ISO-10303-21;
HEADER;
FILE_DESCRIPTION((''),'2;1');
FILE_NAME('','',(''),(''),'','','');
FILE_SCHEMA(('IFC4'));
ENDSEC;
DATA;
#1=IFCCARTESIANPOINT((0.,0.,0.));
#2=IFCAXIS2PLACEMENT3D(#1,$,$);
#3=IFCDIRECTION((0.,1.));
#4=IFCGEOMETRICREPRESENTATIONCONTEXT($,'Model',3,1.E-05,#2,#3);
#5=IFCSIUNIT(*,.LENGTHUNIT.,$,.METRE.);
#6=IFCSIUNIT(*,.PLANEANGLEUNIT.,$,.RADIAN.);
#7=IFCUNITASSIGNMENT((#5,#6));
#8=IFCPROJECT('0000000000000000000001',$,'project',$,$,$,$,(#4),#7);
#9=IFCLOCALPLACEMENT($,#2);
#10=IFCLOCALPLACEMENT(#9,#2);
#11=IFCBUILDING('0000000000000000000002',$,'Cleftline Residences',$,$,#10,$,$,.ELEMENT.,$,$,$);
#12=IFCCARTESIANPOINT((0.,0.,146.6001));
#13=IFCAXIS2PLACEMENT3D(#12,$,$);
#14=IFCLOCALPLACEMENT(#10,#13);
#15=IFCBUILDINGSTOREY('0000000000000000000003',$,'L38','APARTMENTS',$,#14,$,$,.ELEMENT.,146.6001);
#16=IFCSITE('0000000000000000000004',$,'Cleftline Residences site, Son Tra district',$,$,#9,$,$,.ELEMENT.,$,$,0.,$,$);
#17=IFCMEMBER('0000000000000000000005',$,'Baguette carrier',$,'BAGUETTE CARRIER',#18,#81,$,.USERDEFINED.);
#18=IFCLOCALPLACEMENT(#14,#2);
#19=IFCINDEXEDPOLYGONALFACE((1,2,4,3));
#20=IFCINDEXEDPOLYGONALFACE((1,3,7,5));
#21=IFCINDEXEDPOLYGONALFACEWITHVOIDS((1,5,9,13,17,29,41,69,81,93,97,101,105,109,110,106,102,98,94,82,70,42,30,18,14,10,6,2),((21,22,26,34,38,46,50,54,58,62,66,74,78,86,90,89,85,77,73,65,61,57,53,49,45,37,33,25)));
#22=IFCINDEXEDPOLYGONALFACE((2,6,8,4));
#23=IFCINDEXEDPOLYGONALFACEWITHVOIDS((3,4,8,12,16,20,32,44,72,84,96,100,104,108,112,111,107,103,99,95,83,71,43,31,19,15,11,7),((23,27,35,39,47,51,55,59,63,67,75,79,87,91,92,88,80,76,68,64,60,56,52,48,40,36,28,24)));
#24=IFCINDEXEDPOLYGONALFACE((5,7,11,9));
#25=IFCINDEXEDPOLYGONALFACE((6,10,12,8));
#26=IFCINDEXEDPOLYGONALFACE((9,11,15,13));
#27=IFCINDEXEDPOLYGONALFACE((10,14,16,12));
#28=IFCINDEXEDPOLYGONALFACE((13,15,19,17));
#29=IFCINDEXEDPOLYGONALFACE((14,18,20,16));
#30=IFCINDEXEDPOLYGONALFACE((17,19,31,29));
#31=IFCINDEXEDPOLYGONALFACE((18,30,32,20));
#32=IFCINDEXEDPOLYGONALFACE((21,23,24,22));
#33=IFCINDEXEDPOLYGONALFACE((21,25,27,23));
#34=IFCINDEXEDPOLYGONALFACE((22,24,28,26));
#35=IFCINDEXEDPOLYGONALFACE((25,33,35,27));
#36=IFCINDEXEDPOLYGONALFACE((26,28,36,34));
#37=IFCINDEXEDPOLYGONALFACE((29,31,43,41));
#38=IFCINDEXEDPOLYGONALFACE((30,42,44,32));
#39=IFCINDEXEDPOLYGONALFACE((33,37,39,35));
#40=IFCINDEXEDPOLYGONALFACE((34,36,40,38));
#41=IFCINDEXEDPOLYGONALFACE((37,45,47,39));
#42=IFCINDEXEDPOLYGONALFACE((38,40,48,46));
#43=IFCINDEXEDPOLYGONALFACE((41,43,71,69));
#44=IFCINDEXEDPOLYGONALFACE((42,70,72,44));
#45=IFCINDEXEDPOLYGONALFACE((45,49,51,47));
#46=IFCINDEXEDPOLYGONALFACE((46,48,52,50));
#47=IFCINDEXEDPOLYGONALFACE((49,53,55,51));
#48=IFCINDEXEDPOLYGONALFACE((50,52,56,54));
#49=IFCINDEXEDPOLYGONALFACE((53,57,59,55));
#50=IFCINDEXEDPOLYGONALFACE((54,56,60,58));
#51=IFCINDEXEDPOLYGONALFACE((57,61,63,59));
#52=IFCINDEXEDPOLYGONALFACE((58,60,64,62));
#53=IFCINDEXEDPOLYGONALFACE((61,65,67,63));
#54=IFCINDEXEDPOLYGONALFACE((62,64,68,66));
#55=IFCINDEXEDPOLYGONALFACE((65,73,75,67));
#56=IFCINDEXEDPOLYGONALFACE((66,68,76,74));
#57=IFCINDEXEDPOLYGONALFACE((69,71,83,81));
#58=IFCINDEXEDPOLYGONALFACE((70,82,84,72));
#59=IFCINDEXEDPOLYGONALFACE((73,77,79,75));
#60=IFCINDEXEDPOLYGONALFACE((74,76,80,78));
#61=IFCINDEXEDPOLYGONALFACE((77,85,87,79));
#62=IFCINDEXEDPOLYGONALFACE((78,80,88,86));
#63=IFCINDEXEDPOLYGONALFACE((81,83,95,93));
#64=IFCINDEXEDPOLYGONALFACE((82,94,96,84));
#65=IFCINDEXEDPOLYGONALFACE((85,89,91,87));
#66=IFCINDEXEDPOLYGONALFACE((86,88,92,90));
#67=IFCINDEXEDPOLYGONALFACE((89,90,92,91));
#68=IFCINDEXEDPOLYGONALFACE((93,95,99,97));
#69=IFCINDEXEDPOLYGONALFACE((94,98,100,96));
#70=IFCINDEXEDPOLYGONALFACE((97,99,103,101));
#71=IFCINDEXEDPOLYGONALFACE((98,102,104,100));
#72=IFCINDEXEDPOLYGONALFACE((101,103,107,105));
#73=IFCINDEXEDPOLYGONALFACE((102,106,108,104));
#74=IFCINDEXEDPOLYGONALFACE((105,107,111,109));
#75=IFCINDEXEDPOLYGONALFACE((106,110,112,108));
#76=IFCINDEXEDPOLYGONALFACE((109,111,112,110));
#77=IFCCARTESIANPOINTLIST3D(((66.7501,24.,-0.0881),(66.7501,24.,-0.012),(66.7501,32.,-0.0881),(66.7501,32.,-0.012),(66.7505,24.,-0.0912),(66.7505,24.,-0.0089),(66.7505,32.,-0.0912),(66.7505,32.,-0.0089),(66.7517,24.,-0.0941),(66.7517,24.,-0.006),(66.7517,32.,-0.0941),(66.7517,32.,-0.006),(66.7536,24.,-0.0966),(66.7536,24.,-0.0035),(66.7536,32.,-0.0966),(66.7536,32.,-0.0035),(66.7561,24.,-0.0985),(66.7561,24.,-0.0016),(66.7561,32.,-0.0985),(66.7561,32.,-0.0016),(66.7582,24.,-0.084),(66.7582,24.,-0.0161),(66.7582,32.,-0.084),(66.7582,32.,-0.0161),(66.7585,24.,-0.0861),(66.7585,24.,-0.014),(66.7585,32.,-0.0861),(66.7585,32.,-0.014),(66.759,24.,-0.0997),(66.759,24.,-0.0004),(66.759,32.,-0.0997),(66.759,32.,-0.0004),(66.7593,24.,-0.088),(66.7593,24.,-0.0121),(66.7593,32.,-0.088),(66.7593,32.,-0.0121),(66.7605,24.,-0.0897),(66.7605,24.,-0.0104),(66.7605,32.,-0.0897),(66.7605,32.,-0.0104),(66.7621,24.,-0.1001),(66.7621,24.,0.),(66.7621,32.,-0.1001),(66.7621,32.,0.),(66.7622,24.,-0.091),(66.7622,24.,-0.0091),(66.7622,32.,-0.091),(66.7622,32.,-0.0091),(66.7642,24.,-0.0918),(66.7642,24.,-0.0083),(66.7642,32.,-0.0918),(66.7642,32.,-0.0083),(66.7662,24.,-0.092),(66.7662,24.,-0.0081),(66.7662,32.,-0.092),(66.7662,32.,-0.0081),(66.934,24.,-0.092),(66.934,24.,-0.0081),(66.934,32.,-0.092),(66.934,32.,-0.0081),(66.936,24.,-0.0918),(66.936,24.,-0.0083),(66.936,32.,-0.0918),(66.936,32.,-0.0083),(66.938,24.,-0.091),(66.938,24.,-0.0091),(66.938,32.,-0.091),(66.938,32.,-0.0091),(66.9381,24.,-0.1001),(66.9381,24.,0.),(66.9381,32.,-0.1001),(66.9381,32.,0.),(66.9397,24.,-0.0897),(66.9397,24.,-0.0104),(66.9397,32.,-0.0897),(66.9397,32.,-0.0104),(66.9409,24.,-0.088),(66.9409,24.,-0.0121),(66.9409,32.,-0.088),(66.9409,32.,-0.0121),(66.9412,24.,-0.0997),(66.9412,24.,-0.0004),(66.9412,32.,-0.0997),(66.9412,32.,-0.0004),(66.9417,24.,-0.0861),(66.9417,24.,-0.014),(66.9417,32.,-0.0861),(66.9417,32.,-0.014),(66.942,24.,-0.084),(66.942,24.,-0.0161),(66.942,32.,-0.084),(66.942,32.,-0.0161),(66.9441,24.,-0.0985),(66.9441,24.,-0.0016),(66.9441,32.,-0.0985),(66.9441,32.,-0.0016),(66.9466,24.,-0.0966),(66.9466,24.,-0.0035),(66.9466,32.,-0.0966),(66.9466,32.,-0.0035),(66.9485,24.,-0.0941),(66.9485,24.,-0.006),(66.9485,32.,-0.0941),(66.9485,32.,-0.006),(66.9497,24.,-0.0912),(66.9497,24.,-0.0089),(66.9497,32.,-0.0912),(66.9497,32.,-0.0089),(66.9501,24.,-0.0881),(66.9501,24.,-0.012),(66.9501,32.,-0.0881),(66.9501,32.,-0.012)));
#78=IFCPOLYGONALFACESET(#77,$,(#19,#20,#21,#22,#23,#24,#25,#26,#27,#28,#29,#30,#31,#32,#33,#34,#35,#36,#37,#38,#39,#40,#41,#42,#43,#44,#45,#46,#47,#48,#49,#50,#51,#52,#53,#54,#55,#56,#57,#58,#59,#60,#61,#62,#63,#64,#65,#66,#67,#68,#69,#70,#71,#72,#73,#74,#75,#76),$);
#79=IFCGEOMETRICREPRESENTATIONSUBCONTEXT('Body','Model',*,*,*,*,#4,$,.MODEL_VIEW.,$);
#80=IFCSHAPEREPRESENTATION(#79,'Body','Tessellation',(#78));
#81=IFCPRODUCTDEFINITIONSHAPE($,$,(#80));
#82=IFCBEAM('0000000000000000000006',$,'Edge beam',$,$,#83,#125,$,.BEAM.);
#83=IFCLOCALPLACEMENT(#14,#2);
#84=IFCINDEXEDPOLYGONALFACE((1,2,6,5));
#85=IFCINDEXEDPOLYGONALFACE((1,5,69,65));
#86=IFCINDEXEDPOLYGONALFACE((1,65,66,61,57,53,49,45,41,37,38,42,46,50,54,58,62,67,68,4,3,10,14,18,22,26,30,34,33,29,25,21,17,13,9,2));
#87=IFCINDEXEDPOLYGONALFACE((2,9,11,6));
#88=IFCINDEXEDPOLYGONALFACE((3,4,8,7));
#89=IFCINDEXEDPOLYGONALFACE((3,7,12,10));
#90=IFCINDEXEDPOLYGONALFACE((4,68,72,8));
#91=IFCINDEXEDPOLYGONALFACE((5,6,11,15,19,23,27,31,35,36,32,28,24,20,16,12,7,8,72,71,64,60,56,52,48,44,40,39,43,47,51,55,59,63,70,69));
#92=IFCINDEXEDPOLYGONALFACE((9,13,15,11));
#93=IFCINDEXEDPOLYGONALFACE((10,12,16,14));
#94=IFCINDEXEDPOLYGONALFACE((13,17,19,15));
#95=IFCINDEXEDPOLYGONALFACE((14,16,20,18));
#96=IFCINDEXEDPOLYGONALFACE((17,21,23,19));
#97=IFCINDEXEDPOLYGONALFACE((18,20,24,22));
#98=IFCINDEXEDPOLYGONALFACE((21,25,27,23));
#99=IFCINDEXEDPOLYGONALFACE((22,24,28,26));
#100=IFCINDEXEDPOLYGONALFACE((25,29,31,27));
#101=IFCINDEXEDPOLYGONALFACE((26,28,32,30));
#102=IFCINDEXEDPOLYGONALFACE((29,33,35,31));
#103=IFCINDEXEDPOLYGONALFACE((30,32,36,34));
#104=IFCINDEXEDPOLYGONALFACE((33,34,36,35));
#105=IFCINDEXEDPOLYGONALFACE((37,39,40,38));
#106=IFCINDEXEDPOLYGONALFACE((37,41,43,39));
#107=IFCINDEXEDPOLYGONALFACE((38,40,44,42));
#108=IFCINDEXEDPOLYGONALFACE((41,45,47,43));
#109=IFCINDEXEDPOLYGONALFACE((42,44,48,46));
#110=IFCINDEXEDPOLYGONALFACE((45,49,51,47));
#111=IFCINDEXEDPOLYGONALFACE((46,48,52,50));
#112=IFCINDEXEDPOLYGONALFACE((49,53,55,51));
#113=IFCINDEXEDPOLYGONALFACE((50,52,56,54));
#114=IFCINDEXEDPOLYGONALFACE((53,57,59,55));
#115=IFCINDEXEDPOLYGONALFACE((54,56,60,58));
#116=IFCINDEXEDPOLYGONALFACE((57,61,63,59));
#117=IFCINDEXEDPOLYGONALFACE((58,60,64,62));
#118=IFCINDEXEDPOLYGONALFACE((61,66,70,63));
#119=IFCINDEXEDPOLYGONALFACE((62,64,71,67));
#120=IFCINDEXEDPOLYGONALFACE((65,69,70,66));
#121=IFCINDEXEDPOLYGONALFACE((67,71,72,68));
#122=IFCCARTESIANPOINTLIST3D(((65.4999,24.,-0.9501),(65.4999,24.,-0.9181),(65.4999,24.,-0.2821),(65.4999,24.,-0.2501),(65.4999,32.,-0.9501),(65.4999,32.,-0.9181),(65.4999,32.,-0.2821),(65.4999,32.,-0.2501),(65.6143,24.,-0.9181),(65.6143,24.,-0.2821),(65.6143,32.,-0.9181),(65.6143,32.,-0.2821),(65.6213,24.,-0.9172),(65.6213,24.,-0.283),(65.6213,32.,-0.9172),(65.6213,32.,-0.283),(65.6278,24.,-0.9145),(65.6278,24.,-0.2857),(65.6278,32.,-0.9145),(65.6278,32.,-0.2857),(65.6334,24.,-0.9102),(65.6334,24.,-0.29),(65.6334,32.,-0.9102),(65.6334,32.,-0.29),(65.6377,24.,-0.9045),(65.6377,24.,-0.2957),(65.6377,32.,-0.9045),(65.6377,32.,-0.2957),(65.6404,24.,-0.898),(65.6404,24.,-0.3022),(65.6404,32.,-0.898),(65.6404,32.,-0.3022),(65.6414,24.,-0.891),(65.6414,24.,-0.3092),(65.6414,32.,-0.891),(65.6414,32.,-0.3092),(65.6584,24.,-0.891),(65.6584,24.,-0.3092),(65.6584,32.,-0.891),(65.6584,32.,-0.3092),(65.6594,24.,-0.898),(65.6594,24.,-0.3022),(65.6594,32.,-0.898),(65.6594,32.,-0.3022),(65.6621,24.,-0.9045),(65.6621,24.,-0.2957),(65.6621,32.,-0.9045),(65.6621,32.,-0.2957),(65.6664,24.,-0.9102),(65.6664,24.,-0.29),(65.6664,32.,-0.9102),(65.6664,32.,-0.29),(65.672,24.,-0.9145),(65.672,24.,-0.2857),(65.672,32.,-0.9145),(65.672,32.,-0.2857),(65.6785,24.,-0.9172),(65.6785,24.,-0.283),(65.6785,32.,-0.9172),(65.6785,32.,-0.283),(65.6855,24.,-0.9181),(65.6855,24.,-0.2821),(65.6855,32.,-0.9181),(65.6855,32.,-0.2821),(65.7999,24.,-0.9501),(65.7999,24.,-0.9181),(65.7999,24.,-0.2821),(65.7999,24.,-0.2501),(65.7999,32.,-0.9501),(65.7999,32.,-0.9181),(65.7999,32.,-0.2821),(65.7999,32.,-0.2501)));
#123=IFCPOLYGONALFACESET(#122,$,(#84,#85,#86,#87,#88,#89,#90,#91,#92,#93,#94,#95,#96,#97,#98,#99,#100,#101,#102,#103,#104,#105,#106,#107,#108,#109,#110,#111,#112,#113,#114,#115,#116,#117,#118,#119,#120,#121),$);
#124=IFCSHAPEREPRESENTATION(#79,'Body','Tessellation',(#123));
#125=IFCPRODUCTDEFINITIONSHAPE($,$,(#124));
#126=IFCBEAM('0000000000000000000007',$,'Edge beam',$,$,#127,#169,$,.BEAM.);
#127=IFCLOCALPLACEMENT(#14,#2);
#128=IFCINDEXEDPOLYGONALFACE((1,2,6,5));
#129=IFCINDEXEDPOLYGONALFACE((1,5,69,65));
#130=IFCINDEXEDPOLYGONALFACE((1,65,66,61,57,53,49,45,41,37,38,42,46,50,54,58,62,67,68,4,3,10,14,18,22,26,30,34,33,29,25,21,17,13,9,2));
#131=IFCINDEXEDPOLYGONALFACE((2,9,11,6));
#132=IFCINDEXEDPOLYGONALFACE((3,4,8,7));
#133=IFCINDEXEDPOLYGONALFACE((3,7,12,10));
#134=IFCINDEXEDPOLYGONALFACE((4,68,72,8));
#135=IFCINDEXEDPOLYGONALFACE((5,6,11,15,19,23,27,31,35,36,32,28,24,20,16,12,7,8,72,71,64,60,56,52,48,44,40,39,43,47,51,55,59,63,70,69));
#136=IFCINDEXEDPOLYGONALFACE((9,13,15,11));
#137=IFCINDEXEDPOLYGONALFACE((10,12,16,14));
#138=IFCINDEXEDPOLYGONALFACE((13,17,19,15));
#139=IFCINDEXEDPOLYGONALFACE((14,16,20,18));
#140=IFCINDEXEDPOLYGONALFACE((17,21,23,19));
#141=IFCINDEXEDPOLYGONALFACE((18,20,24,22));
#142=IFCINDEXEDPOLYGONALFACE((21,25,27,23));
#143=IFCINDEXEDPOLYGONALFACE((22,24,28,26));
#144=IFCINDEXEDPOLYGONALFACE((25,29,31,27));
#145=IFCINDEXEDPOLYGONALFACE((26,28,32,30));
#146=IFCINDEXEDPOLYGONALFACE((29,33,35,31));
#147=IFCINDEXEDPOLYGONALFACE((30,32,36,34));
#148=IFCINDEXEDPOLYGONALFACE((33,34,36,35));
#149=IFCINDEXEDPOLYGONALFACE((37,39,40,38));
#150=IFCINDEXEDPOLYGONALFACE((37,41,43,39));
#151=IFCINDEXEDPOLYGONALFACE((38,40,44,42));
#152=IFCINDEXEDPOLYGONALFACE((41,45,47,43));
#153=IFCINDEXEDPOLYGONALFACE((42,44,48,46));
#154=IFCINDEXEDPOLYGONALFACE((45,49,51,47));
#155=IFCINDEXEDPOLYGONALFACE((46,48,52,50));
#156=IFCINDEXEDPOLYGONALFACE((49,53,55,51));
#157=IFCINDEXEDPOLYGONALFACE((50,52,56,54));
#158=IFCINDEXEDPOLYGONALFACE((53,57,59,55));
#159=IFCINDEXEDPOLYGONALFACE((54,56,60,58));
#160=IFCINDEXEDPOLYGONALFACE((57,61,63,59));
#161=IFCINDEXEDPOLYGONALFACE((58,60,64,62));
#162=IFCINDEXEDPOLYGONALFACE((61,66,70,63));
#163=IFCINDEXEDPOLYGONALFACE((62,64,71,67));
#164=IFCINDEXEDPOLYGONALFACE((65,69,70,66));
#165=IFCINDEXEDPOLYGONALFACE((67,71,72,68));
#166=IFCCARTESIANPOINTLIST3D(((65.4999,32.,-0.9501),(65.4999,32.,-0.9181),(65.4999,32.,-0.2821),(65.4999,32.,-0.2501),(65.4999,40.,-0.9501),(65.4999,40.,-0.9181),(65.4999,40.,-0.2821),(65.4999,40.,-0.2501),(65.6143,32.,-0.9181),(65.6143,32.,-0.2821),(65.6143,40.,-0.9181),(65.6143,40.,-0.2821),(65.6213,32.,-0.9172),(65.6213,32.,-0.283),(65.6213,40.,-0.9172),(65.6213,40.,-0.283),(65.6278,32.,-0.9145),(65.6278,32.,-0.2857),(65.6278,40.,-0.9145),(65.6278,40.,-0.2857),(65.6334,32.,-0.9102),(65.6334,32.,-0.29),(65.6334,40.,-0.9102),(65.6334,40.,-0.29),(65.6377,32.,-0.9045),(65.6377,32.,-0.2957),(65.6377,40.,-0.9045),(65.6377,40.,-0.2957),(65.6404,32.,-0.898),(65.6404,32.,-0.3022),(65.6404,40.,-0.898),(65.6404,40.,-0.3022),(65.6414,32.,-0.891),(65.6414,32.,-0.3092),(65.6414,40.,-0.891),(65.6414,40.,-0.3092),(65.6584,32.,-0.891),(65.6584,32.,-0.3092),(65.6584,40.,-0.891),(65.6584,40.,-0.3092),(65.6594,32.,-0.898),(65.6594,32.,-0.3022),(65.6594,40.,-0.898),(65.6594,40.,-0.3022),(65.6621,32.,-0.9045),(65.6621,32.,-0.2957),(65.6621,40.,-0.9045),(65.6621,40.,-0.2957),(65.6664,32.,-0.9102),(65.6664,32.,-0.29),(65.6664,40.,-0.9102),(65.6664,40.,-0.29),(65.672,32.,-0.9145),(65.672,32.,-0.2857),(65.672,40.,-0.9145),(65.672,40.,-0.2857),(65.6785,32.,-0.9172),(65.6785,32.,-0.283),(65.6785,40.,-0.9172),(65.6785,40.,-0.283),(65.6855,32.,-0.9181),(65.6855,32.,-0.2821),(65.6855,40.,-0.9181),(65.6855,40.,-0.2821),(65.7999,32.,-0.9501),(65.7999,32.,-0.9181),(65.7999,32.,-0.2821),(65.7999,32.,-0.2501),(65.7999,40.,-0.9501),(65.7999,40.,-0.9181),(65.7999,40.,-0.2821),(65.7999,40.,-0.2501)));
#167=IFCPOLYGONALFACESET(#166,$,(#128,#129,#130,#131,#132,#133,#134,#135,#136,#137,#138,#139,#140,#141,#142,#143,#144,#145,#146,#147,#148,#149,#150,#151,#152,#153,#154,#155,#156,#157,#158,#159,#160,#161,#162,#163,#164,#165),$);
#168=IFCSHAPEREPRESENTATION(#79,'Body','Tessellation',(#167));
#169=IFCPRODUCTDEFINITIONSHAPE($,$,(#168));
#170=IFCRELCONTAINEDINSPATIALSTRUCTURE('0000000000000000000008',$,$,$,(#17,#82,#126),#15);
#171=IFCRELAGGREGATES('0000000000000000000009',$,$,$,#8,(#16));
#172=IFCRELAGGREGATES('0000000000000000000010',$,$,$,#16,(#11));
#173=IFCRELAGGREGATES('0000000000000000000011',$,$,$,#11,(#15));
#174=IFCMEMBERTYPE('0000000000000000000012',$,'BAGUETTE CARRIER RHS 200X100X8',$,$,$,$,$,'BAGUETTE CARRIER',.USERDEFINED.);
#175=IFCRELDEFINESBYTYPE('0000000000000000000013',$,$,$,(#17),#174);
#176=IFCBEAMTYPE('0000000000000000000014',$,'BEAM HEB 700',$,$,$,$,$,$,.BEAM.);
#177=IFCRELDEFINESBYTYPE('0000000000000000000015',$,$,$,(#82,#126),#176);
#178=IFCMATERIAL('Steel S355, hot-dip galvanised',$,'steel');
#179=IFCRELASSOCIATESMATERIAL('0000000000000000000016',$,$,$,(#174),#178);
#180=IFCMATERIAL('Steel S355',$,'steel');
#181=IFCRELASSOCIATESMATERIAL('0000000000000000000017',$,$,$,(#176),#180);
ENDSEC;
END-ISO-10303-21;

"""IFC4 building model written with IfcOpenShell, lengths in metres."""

from ifc_helpers import new_model, si_unit, direction, frame, origin, origin_2d, place, context, subcontext, project, spatial, hollow_rectangle, i_section, extrude, material, material_profile, profile_set, type_object, element, save


model = new_model("IFC4")

# Units and contexts
model_context = context("Model", 3, precision=1e-05, world=origin(), true_north=direction((0.0, 1.0)))
body_context = subcontext(model_context, "Body", "Model", "MODEL_VIEW")
ifc_project = project(units=[si_unit("LENGTHUNIT", "METRE"), si_unit("PLANEANGLEUNIT", "RADIAN")], contexts=[model_context])

# Site, building, storey
site_placement = place(None, origin())
site = spatial("IfcSite", under=ifc_project, at=site_placement, Name="Cleftline Residences site, Son Tra district", CompositionType="ELEMENT", RefElevation=0.0)
building_placement = place(site_placement, origin())
building = spatial("IfcBuilding", under=site, at=building_placement, Name="Cleftline Residences", CompositionType="ELEMENT")
storey_placement = place(building_placement, frame((0.0, 0.0, 146.6001)))
storey = spatial("IfcBuildingStorey", under=building, at=storey_placement, Name="L38", Description="APARTMENTS", CompositionType="ELEMENT", Elevation=146.6001)

# Member
ifc_material_1 = material(Name="Steel S355, hot-dip galvanised", Category="steel")
ifc_material_profile_1 = material_profile(ifc_material_1, hollow_rectangle(XDim=0.1001, YDim=0.2, WallThickness=0.0081, InnerFilletRadius=0.0081, OuterFilletRadius=0.012, at=origin_2d()))
ifc_profile_set_1 = profile_set([ifc_material_profile_1], Name="Steel S355, hot-dip galvanised")
member_type_1 = type_object("IfcMemberType", Name="BAGUETTE CARRIER RHS 200X100X8", ElementType="BAGUETTE CARRIER", PredefinedType="USERDEFINED", material=ifc_profile_set_1)
member_1_placement = place(storey_placement, frame((66.8501, 24.0, -0.05), z_axis=(0.0, 1.0, 0.0), x_axis=(0.0, 0.0, 1.0)))
element("IfcMember", 1, at=member_1_placement, inside=storey, type_object=member_type_1, Name="Baguette carrier", ObjectType="BAGUETTE CARRIER", PredefinedType="USERDEFINED", context=body_context, shape_type="SweptSolid", body=[
    extrude(hollow_rectangle(XDim=0.1001, YDim=0.2, WallThickness=0.0081, InnerFilletRadius=0.0081, OuterFilletRadius=0.012, at=origin_2d()), origin(), (0.0, 0.0, 1.0), 8.0),
])

# Beams
ifc_material_2 = material(Name="Steel S355", Category="steel")
ifc_material_profile_2 = material_profile(ifc_material_2, i_section(OverallWidth=0.3, OverallDepth=0.7, WebThickness=0.0171, FlangeThickness=0.032, FilletRadius=0.0271, at=origin_2d()))
ifc_profile_set_2 = profile_set([ifc_material_profile_2], Name="Steel S355")
beam_type_1 = type_object("IfcBeamType", Name="BEAM HEB 700", PredefinedType="BEAM", material=ifc_profile_set_2)
for number, where, z_axis, x_axis, name in (
    (2, (65.6499, 24.0, -0.6001), (0.0, 1.0, 0.0), (-1.0, 0.0, 0.0), "Edge beam"),
    (3, (65.6499, 32.0, -0.6001), (0.0, 1.0, 0.0), (-1.0, 0.0, 0.0), "Edge beam"),
):
    element("IfcBeam", number, at=place(storey_placement, frame(where, z_axis=z_axis, x_axis=x_axis)), inside=storey, type_object=beam_type_1, Name=name, PredefinedType="BEAM", context=body_context, shape_type="SweptSolid", body=[
        extrude(i_section(OverallWidth=0.3, OverallDepth=0.7, WebThickness=0.0171, FlangeThickness=0.032, FilletRadius=0.0271, at=origin_2d()), origin(), (0.0, 0.0, 1.0), 8.0),
    ])

save(model, "model.ifc")
